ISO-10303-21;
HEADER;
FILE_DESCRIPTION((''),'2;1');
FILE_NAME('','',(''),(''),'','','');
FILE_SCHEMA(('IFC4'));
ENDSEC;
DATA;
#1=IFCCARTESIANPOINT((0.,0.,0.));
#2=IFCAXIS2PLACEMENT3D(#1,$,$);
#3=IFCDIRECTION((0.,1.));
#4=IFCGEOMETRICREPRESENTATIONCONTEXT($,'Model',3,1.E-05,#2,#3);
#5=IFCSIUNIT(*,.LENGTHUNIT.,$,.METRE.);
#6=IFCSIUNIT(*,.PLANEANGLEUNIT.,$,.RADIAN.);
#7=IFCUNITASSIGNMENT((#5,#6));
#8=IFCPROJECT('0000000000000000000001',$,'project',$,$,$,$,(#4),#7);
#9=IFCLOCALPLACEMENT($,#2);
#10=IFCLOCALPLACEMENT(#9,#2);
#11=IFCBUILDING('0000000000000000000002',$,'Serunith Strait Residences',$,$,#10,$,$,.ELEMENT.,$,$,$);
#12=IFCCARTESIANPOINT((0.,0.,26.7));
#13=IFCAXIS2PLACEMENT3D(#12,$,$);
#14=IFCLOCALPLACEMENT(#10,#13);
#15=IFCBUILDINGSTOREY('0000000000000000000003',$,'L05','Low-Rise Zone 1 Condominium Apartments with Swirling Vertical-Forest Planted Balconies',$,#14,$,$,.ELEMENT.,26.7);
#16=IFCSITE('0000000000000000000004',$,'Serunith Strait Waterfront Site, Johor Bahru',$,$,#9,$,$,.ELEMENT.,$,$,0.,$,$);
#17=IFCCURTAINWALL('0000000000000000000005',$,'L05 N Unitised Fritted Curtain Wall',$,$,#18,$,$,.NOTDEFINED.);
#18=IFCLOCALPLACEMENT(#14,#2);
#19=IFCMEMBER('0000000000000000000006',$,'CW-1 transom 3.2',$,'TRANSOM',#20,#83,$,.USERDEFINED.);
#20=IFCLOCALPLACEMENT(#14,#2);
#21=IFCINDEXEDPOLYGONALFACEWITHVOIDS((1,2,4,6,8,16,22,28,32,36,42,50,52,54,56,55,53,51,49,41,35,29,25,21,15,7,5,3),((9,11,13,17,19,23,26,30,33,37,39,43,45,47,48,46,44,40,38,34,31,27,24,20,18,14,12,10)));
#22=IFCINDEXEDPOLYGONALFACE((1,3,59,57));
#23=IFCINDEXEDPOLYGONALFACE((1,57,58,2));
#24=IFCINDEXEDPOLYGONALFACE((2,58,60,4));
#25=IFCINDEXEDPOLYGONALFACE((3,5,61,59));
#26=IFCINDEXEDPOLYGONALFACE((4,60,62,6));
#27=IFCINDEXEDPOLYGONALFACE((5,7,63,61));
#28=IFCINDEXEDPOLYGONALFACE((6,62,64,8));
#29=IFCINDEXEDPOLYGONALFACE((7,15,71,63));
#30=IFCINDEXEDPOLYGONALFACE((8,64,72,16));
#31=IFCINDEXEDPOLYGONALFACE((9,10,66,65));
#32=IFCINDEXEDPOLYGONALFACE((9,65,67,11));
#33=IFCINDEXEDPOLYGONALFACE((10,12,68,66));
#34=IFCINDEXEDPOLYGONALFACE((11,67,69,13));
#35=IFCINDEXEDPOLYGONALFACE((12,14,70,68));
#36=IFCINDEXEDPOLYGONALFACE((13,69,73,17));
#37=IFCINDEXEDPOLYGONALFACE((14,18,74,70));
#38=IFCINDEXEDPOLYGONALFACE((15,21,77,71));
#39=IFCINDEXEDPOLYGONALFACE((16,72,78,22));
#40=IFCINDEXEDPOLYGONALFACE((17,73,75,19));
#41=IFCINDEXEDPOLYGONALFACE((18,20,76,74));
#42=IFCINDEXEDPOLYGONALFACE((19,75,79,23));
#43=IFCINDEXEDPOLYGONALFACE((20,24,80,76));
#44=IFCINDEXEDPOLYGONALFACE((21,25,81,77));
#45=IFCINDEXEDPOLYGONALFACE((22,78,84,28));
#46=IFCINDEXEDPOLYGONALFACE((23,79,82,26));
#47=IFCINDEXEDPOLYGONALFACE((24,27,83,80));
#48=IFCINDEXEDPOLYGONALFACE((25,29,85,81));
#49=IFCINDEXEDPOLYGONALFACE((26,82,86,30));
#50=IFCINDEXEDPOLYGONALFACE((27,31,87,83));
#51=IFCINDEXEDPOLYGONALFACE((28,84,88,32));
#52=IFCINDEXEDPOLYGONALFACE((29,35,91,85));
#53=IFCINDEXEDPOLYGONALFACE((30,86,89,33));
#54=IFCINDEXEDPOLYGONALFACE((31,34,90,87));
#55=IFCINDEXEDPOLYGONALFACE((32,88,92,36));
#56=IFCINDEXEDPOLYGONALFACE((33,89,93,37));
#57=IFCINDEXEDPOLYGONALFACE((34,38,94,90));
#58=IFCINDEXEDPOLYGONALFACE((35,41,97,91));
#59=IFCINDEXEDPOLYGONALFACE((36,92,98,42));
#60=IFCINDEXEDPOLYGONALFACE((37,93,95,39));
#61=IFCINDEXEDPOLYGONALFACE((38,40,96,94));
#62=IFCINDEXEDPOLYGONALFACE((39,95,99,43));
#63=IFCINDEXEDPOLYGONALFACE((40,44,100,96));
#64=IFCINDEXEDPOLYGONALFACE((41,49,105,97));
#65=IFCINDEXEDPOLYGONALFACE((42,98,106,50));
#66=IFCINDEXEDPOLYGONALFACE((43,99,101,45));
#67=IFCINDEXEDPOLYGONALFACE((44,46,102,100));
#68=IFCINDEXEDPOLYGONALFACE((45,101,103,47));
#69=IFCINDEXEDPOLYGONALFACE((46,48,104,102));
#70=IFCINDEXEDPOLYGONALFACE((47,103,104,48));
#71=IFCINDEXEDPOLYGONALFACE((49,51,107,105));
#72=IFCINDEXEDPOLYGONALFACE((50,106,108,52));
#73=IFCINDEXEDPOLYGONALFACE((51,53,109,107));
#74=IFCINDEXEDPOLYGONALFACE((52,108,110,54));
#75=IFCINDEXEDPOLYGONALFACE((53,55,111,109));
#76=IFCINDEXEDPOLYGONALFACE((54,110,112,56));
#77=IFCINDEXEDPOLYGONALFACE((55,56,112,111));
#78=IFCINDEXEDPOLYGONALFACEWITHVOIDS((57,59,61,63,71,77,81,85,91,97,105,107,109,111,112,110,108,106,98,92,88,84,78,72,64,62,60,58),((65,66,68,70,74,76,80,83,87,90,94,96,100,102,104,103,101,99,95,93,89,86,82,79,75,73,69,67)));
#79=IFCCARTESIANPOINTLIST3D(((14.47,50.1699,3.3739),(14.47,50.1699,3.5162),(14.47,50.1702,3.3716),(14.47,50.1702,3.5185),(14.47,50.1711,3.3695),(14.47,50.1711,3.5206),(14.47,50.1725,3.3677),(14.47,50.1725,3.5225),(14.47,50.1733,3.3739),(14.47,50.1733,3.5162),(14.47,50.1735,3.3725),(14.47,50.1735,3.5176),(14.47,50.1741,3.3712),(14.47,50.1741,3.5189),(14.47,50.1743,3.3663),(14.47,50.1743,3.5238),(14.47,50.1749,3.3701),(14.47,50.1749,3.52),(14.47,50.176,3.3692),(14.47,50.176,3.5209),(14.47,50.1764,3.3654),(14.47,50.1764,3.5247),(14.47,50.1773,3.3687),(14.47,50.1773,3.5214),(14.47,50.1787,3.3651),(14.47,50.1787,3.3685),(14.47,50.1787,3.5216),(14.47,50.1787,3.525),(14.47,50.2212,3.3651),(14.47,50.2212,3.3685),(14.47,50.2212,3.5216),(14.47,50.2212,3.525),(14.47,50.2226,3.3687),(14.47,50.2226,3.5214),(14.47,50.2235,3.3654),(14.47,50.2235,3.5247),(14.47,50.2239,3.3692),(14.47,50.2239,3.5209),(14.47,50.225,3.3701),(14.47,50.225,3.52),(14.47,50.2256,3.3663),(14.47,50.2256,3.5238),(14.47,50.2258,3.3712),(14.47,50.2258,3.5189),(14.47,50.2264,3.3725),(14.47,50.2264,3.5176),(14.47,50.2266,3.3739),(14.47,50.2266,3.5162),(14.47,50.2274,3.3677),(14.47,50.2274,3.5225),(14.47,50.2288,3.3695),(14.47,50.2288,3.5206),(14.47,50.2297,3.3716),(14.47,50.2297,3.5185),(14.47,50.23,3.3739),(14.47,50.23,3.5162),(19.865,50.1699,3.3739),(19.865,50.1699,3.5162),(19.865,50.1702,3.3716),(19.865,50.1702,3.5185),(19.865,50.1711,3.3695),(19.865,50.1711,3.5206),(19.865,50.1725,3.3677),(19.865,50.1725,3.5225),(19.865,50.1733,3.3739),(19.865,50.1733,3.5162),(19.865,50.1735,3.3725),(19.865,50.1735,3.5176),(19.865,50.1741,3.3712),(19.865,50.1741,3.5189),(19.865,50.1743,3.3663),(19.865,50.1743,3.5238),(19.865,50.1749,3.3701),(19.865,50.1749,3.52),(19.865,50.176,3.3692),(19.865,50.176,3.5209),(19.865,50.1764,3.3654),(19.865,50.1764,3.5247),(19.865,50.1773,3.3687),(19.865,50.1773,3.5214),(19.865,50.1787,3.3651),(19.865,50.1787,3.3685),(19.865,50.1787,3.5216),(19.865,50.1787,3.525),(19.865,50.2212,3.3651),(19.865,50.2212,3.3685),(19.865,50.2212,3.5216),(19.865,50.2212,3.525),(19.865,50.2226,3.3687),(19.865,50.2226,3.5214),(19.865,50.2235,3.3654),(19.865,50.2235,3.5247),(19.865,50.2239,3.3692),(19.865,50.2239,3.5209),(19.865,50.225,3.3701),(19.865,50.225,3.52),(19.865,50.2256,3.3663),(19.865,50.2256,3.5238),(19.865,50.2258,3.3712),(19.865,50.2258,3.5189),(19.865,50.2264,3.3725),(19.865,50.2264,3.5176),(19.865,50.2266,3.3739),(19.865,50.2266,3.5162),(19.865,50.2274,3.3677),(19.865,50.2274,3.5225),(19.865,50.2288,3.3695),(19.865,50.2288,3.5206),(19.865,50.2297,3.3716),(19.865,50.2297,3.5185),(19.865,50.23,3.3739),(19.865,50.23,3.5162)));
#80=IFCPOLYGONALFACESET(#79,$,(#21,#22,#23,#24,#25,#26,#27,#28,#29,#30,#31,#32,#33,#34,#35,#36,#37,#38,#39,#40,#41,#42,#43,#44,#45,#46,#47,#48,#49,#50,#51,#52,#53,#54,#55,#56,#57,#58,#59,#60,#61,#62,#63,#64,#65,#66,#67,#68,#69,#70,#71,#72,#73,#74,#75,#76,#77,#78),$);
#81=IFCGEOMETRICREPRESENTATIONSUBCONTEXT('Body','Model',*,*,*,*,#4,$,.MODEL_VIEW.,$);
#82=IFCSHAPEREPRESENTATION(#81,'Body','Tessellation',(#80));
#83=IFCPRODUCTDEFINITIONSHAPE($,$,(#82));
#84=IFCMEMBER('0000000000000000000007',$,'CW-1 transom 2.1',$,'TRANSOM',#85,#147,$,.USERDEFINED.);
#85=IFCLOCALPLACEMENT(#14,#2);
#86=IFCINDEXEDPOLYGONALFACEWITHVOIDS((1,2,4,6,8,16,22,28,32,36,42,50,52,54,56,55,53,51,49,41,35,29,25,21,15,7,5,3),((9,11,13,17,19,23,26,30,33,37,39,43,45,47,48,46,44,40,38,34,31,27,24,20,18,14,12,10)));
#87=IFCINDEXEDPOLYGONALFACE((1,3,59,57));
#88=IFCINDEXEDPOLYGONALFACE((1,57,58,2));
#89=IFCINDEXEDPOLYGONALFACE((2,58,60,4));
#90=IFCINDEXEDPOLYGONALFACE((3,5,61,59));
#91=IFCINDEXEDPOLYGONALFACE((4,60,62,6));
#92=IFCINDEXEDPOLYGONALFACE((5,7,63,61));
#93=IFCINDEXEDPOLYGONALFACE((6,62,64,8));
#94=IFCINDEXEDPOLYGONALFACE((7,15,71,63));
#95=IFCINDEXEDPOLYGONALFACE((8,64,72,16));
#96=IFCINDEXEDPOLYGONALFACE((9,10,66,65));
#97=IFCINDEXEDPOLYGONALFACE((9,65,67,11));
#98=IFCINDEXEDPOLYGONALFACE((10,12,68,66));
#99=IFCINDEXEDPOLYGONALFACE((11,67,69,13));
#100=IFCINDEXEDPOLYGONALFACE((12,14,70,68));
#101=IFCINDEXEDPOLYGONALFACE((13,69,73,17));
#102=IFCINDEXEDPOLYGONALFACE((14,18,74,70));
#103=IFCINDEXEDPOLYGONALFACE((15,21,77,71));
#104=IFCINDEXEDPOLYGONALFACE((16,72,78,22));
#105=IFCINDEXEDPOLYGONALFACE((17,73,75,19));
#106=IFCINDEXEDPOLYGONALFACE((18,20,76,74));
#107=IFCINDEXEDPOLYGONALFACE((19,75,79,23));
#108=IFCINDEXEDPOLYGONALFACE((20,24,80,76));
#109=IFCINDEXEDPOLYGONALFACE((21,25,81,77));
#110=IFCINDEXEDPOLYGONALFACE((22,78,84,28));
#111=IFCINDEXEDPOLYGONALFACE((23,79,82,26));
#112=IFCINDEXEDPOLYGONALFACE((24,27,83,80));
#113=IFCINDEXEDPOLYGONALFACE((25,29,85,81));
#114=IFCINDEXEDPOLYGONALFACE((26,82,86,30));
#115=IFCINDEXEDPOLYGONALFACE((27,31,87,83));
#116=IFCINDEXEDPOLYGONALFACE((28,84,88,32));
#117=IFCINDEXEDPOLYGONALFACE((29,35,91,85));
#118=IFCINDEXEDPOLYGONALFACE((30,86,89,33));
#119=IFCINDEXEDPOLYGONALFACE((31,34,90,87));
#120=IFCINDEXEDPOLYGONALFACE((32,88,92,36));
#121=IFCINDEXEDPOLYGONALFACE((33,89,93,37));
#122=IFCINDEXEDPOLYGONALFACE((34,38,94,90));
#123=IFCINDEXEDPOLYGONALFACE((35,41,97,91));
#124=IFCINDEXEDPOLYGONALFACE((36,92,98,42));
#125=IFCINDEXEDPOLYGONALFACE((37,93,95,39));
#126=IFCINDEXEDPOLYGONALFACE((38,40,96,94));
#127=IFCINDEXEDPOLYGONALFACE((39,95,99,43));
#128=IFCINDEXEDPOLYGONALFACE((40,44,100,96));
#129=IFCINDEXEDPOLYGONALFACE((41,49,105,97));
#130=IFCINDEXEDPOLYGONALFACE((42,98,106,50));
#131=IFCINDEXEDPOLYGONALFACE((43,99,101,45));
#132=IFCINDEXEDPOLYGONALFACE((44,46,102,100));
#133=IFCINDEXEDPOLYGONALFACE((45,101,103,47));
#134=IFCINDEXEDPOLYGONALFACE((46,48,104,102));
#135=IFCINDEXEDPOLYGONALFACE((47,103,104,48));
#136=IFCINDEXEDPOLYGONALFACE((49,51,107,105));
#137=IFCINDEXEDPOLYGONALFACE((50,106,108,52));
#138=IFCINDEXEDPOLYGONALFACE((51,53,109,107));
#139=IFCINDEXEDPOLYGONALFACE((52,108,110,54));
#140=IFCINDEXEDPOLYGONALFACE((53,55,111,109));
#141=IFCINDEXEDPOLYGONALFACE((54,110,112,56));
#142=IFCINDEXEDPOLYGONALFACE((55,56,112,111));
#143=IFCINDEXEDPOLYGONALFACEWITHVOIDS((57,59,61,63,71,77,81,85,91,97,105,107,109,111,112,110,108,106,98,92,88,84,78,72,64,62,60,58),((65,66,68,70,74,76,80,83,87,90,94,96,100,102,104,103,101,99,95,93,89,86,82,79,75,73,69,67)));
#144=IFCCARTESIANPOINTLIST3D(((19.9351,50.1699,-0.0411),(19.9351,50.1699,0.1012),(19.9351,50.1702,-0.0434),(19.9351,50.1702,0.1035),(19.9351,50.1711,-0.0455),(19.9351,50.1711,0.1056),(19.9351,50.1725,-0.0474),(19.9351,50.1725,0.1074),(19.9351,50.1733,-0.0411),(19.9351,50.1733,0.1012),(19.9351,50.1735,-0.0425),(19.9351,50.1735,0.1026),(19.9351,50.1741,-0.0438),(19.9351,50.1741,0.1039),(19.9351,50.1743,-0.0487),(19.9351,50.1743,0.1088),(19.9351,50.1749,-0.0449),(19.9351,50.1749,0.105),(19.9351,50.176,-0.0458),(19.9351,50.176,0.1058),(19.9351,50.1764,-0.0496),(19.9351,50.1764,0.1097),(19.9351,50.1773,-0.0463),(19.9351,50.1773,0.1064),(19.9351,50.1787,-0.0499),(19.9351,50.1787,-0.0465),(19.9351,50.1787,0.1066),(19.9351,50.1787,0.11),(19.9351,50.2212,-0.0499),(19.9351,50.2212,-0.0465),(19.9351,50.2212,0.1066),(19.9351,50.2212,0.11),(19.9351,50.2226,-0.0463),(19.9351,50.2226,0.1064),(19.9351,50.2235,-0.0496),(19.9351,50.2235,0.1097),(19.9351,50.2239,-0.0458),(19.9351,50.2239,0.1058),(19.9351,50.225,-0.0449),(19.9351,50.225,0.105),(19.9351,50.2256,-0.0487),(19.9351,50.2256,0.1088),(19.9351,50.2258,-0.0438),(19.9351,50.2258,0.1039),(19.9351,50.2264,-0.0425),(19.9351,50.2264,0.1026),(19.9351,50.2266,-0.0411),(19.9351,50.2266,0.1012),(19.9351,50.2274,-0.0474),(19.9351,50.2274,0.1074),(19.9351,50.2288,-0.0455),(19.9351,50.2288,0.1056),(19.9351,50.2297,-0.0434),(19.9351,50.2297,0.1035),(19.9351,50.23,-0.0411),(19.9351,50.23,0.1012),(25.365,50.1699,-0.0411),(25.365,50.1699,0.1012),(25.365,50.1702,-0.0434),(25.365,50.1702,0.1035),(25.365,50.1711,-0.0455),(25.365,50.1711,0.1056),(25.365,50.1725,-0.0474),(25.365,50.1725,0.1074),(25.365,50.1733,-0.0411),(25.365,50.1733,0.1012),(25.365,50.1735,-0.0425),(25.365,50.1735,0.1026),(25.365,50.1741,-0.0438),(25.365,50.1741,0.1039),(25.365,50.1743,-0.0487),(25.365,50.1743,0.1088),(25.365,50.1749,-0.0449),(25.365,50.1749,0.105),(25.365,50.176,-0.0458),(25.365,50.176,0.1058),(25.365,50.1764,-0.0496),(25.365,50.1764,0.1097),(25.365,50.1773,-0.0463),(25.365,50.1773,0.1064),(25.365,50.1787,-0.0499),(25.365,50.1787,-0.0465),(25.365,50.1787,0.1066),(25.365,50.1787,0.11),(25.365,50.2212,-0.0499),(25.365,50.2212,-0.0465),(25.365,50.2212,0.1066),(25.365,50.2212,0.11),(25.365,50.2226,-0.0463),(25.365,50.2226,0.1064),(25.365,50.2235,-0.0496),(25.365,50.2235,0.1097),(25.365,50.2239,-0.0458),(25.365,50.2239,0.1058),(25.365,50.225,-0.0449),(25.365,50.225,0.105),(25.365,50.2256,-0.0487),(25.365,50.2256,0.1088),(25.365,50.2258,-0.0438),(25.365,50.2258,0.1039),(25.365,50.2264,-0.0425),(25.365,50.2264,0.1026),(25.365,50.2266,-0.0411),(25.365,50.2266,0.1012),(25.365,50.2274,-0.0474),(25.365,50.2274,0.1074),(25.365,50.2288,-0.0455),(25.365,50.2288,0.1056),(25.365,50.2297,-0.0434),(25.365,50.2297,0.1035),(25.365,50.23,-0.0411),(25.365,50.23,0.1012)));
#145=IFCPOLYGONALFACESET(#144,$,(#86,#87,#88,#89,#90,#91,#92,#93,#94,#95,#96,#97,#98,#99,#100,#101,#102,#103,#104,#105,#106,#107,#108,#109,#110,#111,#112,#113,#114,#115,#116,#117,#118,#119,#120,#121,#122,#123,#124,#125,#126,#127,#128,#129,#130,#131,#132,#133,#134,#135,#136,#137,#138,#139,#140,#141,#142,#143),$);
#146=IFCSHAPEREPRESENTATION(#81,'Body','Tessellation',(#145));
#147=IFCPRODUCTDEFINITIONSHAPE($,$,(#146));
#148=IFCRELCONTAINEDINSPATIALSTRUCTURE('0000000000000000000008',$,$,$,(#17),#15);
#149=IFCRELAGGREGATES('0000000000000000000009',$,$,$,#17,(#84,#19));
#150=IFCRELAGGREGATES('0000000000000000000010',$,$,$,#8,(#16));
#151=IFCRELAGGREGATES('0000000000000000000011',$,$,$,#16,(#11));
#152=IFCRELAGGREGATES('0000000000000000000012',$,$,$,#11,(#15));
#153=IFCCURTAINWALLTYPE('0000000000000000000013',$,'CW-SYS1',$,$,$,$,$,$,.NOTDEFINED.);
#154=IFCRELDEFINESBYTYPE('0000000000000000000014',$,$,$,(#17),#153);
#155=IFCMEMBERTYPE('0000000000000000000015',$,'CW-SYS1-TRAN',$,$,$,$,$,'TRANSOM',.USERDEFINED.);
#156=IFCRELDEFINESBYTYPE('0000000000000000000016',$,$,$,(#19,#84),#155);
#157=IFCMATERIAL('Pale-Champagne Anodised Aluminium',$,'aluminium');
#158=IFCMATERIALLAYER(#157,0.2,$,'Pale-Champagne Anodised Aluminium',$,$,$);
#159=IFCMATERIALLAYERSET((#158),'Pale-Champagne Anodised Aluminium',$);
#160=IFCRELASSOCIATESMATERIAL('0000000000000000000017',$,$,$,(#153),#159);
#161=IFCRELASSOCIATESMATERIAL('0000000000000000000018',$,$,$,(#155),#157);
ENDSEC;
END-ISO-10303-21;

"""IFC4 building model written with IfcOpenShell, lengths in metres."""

from ifc_helpers import new_model, si_unit, direction, frame, origin, origin_2d, place, context, subcontext, project, spatial, hollow_rectangle, extrude, source, transform, mapped, material, layer, layer_set, material_profile, profile_set, type_object, element, aggregate, save


model = new_model("IFC4")

# Units and contexts
model_context = context("Model", 3, precision=1e-05, world=origin(), true_north=direction((0.0, 1.0)))
body_context = subcontext(model_context, "Body", "Model", "MODEL_VIEW")
ifc_project = project(units=[si_unit("LENGTHUNIT", "METRE"), si_unit("PLANEANGLEUNIT", "RADIAN")], contexts=[model_context])

# Site, building, storey
site_placement = place(None, origin())
site = spatial("IfcSite", under=ifc_project, at=site_placement, Name="Serunith Strait Waterfront Site, Johor Bahru", CompositionType="ELEMENT", RefElevation=0.0)
building_placement = place(site_placement, origin())
building = spatial("IfcBuilding", under=site, at=building_placement, Name="Serunith Strait Residences", CompositionType="ELEMENT")
storey_placement = place(building_placement, frame((0.0, 0.0, 26.7)))
storey = spatial("IfcBuildingStorey", under=building, at=storey_placement, Name="L05", Description="Low-Rise Zone 1 Condominium Apartments with Swirling Vertical-Forest Planted Balconies", CompositionType="ELEMENT", Elevation=26.7)

# Curtain wall, members
ifc_material_1 = material(Name="Pale-Champagne Anodised Aluminium", Category="aluminium")
ifc_layer_1 = layer(ifc_material_1, 0.2, Name="Pale-Champagne Anodised Aluminium")
ifc_layer_set_1 = layer_set([ifc_layer_1], Name="Pale-Champagne Anodised Aluminium")
curtain_wall_type = type_object("IfcCurtainWallType", Name="CW-SYS1", PredefinedType="NOTDEFINED", material=ifc_layer_set_1)
curtain_wall_placement = place(storey_placement, origin())
curtain_wall = element("IfcCurtainWall", 1, at=curtain_wall_placement, inside=storey, type_object=curtain_wall_type, Name="L05 N Unitised Fritted Curtain Wall", PredefinedType="NOTDEFINED")
ifc_material_profile_1 = material_profile(ifc_material_1, hollow_rectangle(XDim=0.0601, YDim=0.1599, WallThickness=0.0034, InnerFilletRadius=0.0054, OuterFilletRadius=0.0088, at=origin_2d()), Name="ALU 160x60x3.5")
ifc_profile_set_1 = profile_set([ifc_material_profile_1], Name="Pale-Champagne Anodised Aluminium")
member_type_1 = type_object("IfcMemberType", Name="CW-SYS1-TRAN", ElementType="TRANSOM", PredefinedType="USERDEFINED", material=ifc_profile_set_1)
shared_shape_1 = source(origin(), body_context, "Body", "SweptSolid", [
    extrude(hollow_rectangle(XDim=0.0601, YDim=0.1599, WallThickness=0.0034, InnerFilletRadius=0.0054, OuterFilletRadius=0.0088, at=origin_2d()), origin(), (0.0, 0.0, 1.0), 5.395),
])
member_1_placement = place(storey_placement, frame((19.865, 50.2, 3.4451), z_axis=(-1.0, 0.0, 0.0), x_axis=(0.0, -1.0, 0.0)))
member_1 = element("IfcMember", 2, at=member_1_placement, type_object=member_type_1, Name="CW-1 transom 3.2", ObjectType="TRANSOM", PredefinedType="USERDEFINED", context=body_context, shape_type="MappedRepresentation", body=[
    mapped(shared_shape_1, transform((0.0, 0.0, 0.0), scale=1.0)),
])
shared_shape_2 = source(origin(), body_context, "Body", "SweptSolid", [
    extrude(hollow_rectangle(XDim=0.0601, YDim=0.1599, WallThickness=0.0034, InnerFilletRadius=0.0054, OuterFilletRadius=0.0088, at=origin_2d()), origin(), (0.0, 0.0, 1.0), 5.4299),
])
member_2_placement = place(storey_placement, frame((25.365, 50.2, 0.03), z_axis=(-1.0, 0.0, 0.0), x_axis=(0.0, -1.0, 0.0)))
member_2 = element("IfcMember", 3, at=member_2_placement, type_object=member_type_1, Name="CW-1 transom 2.1", ObjectType="TRANSOM", PredefinedType="USERDEFINED", context=body_context, shape_type="MappedRepresentation", body=[
    mapped(shared_shape_2, transform((0.0, 0.0, 0.0), scale=1.0)),
])
aggregate(curtain_wall, [member_2, member_1])

save(model, "model.ifc")
